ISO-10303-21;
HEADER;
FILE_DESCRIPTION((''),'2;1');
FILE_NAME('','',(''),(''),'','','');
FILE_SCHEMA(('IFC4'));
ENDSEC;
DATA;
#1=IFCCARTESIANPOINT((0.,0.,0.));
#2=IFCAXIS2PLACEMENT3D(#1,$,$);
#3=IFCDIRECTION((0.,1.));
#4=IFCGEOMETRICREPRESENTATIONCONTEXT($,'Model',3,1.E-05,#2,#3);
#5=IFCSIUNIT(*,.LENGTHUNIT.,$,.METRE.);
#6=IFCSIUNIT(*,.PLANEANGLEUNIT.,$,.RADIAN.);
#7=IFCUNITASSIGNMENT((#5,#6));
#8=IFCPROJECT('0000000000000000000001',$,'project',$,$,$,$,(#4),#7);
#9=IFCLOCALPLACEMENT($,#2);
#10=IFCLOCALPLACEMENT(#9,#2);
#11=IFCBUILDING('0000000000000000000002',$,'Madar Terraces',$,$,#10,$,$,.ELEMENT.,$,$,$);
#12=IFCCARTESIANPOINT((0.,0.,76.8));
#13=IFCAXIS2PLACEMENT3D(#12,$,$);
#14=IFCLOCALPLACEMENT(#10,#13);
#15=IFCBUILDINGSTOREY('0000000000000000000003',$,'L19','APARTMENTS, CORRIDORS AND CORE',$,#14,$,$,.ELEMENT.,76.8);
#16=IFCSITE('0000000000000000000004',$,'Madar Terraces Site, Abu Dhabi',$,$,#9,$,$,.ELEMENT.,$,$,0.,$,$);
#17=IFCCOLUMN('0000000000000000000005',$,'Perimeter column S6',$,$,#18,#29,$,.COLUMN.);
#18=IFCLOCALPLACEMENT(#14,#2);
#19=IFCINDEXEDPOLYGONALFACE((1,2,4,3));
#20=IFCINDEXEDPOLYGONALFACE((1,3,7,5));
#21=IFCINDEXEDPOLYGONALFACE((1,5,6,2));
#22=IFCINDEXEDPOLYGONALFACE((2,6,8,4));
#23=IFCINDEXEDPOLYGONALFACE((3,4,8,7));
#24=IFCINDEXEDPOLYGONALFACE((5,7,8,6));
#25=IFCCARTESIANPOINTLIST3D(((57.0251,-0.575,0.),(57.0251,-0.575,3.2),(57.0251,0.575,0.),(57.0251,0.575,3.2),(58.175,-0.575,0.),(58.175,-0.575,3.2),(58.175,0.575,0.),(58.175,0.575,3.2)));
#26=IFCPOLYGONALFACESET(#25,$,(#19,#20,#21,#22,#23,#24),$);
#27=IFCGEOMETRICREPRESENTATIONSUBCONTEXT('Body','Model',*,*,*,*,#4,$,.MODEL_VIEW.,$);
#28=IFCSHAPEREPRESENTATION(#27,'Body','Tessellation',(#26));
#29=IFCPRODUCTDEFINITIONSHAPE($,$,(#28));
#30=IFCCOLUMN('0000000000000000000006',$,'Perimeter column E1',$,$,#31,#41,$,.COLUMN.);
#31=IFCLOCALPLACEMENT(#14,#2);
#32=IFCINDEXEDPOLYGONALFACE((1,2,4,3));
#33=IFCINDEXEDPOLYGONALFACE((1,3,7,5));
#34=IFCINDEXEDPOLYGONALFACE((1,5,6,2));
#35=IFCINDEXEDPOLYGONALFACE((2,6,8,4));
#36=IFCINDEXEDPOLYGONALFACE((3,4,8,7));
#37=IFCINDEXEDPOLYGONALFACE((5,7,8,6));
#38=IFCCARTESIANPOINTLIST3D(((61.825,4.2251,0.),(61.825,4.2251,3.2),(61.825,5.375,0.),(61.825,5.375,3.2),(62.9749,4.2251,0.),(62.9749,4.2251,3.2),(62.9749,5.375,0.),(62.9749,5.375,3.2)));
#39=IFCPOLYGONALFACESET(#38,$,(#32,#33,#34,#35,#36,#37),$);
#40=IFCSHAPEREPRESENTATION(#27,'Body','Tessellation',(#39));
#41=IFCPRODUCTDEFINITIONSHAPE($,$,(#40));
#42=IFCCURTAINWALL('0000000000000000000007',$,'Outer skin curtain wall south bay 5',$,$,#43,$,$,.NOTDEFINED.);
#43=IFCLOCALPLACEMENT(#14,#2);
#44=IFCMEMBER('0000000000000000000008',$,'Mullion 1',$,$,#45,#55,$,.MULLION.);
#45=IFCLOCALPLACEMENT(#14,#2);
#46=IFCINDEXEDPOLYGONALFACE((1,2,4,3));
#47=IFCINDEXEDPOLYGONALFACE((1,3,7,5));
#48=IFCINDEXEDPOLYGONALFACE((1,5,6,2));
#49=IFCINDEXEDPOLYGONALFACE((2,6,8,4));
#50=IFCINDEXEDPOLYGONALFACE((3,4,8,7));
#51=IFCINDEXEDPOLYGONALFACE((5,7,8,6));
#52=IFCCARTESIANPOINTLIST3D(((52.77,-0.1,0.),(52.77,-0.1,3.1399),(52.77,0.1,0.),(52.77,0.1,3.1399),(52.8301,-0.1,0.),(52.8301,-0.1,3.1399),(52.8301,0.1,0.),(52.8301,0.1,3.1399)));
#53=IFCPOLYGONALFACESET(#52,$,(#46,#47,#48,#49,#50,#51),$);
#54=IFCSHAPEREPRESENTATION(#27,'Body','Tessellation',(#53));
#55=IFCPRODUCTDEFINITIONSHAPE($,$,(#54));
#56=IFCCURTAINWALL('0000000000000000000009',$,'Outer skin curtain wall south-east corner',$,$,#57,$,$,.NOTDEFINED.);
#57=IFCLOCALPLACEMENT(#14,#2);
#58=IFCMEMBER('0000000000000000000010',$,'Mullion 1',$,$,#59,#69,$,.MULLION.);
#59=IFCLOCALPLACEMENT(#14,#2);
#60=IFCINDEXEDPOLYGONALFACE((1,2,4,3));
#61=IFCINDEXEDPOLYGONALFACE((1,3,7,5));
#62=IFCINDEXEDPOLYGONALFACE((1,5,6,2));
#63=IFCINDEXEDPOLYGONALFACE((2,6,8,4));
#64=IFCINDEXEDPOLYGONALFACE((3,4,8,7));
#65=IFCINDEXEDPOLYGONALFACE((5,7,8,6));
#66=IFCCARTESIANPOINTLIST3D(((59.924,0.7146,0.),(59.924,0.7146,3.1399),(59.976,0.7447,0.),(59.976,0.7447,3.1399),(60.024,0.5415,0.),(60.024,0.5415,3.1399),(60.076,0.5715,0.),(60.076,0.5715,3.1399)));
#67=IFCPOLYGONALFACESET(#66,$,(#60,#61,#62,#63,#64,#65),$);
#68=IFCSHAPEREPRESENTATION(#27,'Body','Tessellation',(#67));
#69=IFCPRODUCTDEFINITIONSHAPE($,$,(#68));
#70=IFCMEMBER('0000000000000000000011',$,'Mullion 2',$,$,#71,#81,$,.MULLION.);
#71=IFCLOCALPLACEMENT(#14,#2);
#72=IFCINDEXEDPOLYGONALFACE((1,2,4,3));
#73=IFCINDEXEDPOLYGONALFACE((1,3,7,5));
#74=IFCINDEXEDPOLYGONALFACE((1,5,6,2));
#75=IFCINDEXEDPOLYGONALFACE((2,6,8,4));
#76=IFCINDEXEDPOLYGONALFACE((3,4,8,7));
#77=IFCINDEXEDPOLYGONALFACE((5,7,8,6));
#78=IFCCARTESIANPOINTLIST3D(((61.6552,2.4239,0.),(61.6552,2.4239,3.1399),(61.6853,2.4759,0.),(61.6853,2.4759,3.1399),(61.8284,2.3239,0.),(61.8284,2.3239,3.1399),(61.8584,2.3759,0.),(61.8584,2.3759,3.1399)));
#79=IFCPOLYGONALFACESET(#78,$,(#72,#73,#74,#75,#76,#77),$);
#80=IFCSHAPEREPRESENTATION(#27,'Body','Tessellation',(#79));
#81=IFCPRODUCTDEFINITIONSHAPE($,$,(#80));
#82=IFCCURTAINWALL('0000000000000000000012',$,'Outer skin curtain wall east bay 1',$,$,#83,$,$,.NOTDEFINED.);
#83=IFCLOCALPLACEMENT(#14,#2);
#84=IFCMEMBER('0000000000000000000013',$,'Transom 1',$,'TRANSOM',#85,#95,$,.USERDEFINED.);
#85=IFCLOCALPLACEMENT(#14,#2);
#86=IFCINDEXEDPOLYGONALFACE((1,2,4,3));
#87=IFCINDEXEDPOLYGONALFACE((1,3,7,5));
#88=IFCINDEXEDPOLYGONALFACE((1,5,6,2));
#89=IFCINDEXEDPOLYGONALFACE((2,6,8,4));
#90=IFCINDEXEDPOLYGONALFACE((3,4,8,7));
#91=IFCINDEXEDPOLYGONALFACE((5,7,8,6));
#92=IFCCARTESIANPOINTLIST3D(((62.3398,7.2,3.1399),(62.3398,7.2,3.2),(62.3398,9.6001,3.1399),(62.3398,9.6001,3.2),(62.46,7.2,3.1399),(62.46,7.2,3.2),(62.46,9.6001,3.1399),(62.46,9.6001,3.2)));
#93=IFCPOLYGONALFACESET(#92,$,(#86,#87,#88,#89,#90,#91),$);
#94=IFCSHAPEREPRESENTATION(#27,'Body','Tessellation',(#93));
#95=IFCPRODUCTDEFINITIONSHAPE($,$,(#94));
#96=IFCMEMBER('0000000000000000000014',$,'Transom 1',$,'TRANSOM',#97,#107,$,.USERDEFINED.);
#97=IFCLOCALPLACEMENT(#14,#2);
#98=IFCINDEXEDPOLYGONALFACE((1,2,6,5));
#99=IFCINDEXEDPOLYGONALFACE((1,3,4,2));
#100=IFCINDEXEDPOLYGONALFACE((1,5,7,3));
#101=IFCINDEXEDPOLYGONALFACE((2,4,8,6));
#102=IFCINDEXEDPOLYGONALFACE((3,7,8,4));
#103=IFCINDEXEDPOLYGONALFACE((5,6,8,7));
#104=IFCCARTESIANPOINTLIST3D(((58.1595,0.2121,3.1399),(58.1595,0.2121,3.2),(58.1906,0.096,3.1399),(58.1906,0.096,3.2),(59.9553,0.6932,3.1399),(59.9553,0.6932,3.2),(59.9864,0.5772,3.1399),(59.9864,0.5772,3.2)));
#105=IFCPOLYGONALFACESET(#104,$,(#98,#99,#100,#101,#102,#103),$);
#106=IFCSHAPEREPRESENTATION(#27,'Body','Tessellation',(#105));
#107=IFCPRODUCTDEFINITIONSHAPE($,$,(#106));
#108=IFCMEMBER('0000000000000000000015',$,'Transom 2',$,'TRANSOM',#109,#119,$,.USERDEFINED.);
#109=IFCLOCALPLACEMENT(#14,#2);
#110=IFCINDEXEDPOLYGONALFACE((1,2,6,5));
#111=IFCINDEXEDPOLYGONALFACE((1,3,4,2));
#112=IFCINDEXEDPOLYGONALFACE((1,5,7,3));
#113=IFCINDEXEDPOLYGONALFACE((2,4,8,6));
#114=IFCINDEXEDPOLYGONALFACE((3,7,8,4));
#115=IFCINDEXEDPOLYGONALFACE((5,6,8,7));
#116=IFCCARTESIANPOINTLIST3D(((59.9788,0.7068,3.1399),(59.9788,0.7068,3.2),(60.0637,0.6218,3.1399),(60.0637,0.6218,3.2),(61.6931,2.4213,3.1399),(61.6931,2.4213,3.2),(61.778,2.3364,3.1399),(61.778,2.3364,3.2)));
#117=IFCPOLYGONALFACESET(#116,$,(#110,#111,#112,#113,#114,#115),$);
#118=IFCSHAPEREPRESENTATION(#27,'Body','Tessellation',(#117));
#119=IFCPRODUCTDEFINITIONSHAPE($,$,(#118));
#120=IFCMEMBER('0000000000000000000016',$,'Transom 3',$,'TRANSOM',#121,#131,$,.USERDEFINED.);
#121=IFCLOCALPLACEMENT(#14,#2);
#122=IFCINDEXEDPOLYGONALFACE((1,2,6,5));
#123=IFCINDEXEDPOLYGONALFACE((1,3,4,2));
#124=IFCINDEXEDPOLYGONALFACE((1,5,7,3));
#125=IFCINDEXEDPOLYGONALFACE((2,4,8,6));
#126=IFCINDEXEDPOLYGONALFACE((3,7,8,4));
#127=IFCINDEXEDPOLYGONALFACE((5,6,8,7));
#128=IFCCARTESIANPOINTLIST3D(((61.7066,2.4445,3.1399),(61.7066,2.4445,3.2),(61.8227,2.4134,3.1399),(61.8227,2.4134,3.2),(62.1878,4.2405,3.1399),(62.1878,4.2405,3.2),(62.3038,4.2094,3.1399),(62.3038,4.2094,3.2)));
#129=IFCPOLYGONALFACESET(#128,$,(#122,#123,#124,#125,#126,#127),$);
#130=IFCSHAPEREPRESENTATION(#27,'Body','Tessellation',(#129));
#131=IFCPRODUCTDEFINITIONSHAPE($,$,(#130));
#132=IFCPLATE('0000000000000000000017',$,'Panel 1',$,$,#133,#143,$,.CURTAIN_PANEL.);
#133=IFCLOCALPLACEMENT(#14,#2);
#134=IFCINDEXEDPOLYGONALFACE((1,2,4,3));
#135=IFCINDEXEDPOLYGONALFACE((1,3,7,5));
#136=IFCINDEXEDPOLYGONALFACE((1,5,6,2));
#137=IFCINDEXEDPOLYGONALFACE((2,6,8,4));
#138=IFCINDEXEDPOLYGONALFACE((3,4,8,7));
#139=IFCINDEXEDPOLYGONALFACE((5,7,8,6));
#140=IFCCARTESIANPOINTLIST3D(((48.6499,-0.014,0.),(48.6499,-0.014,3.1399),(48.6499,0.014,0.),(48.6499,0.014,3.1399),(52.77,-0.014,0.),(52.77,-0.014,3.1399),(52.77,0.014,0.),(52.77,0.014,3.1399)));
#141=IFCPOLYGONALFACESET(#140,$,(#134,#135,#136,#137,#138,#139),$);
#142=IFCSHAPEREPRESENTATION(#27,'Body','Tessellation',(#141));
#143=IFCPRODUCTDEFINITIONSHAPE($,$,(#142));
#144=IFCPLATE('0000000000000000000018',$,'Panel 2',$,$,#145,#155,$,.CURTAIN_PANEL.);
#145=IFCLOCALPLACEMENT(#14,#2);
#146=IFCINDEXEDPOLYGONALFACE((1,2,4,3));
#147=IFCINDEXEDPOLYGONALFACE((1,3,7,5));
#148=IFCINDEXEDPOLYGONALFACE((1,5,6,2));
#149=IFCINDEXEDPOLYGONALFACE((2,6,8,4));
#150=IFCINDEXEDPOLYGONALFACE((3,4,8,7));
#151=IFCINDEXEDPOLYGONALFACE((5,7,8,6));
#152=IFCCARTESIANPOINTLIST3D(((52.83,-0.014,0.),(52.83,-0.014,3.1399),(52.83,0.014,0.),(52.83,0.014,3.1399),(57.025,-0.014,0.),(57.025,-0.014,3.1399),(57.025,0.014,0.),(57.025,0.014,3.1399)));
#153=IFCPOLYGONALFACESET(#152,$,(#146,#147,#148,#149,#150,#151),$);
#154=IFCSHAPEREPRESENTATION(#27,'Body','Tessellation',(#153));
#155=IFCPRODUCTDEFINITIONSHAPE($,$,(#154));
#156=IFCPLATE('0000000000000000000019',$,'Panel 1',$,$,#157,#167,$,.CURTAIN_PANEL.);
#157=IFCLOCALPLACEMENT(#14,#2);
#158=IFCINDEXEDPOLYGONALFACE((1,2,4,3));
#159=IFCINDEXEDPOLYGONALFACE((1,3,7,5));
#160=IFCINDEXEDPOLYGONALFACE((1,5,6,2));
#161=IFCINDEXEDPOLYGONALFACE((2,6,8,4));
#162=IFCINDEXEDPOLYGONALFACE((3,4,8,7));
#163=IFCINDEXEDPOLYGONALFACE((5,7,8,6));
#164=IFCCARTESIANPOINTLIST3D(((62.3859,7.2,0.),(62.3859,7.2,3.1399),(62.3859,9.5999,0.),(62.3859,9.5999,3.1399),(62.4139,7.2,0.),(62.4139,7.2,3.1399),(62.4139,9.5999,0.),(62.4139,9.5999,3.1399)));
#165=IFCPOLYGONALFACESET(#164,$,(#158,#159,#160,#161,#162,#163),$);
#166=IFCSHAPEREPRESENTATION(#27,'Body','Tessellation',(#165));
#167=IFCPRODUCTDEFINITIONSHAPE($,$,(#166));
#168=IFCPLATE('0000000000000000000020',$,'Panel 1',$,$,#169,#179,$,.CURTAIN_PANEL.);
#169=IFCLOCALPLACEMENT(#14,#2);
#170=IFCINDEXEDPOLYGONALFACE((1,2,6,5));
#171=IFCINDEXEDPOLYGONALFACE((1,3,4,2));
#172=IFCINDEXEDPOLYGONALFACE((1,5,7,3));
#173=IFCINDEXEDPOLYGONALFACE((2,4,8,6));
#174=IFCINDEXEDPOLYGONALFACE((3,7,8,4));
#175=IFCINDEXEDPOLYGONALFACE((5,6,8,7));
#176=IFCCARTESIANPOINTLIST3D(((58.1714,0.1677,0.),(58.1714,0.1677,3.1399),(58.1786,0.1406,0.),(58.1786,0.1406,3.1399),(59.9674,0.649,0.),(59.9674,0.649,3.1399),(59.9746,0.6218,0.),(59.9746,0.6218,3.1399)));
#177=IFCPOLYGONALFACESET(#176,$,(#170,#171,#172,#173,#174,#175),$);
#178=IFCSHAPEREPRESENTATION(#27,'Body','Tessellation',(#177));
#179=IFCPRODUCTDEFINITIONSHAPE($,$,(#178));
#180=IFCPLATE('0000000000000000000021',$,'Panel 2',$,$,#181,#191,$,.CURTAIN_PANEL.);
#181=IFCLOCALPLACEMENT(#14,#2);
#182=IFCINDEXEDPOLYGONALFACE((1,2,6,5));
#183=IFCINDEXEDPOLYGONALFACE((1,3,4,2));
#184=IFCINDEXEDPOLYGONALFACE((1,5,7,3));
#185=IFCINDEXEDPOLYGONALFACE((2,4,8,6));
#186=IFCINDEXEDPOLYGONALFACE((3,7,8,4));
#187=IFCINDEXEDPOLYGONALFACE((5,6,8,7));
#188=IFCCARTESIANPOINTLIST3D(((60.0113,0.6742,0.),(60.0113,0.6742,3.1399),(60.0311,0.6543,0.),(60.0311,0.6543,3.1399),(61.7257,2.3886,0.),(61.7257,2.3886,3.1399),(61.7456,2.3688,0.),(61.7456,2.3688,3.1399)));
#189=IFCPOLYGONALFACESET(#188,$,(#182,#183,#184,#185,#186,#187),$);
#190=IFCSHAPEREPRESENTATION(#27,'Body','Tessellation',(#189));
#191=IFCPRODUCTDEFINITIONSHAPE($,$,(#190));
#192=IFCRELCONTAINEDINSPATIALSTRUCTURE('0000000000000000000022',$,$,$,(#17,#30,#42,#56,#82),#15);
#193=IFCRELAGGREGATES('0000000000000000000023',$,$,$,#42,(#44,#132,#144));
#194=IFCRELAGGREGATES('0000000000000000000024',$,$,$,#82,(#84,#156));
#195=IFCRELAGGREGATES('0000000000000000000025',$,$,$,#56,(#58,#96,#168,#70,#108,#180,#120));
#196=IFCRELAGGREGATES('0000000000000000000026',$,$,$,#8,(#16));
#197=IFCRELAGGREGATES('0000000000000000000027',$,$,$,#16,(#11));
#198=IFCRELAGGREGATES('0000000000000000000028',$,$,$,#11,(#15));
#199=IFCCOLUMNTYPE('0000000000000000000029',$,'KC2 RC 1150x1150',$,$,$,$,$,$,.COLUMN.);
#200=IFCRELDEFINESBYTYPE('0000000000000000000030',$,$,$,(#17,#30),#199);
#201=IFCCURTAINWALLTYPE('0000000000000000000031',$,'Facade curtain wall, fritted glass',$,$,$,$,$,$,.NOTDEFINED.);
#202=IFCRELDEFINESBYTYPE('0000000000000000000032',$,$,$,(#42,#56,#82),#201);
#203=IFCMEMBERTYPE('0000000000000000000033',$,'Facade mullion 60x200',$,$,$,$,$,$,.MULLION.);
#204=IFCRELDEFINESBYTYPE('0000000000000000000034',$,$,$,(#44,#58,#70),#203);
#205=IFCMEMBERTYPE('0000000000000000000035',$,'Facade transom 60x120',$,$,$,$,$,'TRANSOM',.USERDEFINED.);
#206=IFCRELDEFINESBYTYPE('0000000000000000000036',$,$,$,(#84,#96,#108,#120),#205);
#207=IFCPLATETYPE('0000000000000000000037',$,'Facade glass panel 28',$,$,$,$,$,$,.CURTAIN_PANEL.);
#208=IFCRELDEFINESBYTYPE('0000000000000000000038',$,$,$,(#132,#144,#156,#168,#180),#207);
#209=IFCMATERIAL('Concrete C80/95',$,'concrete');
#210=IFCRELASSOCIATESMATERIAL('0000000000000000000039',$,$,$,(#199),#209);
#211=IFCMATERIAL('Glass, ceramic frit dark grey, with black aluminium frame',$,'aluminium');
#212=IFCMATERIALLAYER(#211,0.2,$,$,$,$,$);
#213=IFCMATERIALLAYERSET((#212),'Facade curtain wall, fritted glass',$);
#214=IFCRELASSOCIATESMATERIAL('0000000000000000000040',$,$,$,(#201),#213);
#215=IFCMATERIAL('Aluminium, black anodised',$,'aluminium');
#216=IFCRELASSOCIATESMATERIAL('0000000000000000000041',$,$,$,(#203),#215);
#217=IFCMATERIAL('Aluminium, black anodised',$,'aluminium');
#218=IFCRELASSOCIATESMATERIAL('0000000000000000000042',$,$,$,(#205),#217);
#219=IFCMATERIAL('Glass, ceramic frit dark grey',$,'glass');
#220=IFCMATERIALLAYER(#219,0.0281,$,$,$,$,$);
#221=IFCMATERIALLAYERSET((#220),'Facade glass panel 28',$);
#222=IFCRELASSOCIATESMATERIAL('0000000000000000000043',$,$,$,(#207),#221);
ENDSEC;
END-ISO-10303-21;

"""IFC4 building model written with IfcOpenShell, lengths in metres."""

from ifc_helpers import new_model, si_unit, direction, frame, origin, origin_2d, place, context, subcontext, project, spatial, rectangle, extrude, material, layer, layer_set, material_profile, profile_set, type_object, element, aggregate, save


model = new_model("IFC4")

# Units and contexts
model_context = context("Model", 3, precision=1e-05, world=origin(), true_north=direction((0.0, 1.0)))
body_context = subcontext(model_context, "Body", "Model", "MODEL_VIEW")
ifc_project = project(units=[si_unit("LENGTHUNIT", "METRE"), si_unit("PLANEANGLEUNIT", "RADIAN")], contexts=[model_context])

# Site, building, storey
site_placement = place(None, origin())
site = spatial("IfcSite", under=ifc_project, at=site_placement, Name="Madar Terraces Site, Abu Dhabi", CompositionType="ELEMENT", RefElevation=0.0)
building_placement = place(site_placement, origin())
building = spatial("IfcBuilding", under=site, at=building_placement, Name="Madar Terraces", CompositionType="ELEMENT")
storey_placement = place(building_placement, frame((0.0, 0.0, 76.8)))
storey = spatial("IfcBuildingStorey", under=building, at=storey_placement, Name="L19", Description="APARTMENTS, CORRIDORS AND CORE", CompositionType="ELEMENT", Elevation=76.8)

# Columns
ifc_material_1 = material(Name="Concrete C80/95", Category="concrete")
ifc_material_profile_1 = material_profile(ifc_material_1, rectangle(XDim=1.1499, YDim=1.1499, at=origin_2d()), Name="KC2 RC 1150x1150")
ifc_profile_set_1 = profile_set([ifc_material_profile_1], Name="Concrete C80/95")
column_type = type_object("IfcColumnType", Name="KC2 RC 1150x1150", PredefinedType="COLUMN", material=ifc_profile_set_1)
for number, where, z_axis, x_axis, name in (
    (1, (57.6001, 0.0, 0.0), (0.0, 0.0, 1.0), (1.0, 0.0, 0.0), "Perimeter column S6"),
    (2, (62.3999, 4.8, 0.0), (0.0, 0.0, 1.0), (1.0, 0.0, 0.0), "Perimeter column E1"),
):
    element("IfcColumn", number, at=place(storey_placement, frame(where, z_axis=z_axis, x_axis=x_axis)), inside=storey, type_object=column_type, Name=name, PredefinedType="COLUMN", context=body_context, shape_type="SweptSolid", body=[
        extrude(rectangle(XDim=1.1499, YDim=1.1499, at=origin_2d()), origin(), (0.0, 0.0, 1.0), 3.2),
    ])

# Curtain wall, member
ifc_material_2 = material(Name="Glass, ceramic frit dark grey, with black aluminium frame", Category="aluminium")
ifc_layer_1 = layer(ifc_material_2, 0.2)
ifc_layer_set_1 = layer_set([ifc_layer_1], Name="Facade curtain wall, fritted glass")
curtain_wall_type = type_object("IfcCurtainWallType", Name="Facade curtain wall, fritted glass", PredefinedType="NOTDEFINED", material=ifc_layer_set_1)
curtain_wall_1_placement = place(storey_placement, origin())
curtain_wall_1 = element("IfcCurtainWall", 3, at=curtain_wall_1_placement, inside=storey, type_object=curtain_wall_type, Name="Outer skin curtain wall south bay 5", PredefinedType="NOTDEFINED")
ifc_material_3 = material(Name="Aluminium, black anodised", Category="aluminium")
ifc_material_profile_2 = material_profile(ifc_material_3, rectangle(XDim=0.2, YDim=0.0601, at=origin_2d()), Name="Facade mullion 60x200")
ifc_profile_set_2 = profile_set([ifc_material_profile_2], Name="Aluminium, black anodised")
member_type_1 = type_object("IfcMemberType", Name="Facade mullion 60x200", PredefinedType="MULLION", material=ifc_profile_set_2)
member_1_placement = place(storey_placement, frame((52.8, 0.0, 0.0), z_axis=(0.0, 0.0, 1.0), x_axis=(0.0, 1.0, 0.0)))
member_1 = element("IfcMember", 4, at=member_1_placement, type_object=member_type_1, Name="Mullion 1", PredefinedType="MULLION", context=body_context, shape_type="SweptSolid", body=[
    extrude(rectangle(XDim=0.2, YDim=0.0601, at=origin_2d()), origin(), (0.0, 0.0, 1.0), 3.1399),
])

# Curtain wall, members
curtain_wall_2_placement = place(storey_placement, origin())
curtain_wall_2 = element("IfcCurtainWall", 5, at=curtain_wall_2_placement, inside=storey, type_object=curtain_wall_type, Name="Outer skin curtain wall south-east corner", PredefinedType="NOTDEFINED")
member_2_placement = place(storey_placement, frame((60.0, 0.6431, 0.0), z_axis=(0.0, 0.0, 1.0), x_axis=(-0.5, 0.866025, 0.0)))
member_2 = element("IfcMember", 6, at=member_2_placement, type_object=member_type_1, Name="Mullion 1", PredefinedType="MULLION", context=body_context, shape_type="SweptSolid", body=[
    extrude(rectangle(XDim=0.2, YDim=0.0601, at=origin_2d()), origin(), (0.0, 0.0, 1.0), 3.1399),
])
member_3_placement = place(storey_placement, frame((61.7568, 2.3999, 0.0), z_axis=(0.0, 0.0, 1.0), x_axis=(-0.866025, 0.5, 0.0)))
member_3 = element("IfcMember", 7, at=member_3_placement, type_object=member_type_1, Name="Mullion 2", PredefinedType="MULLION", context=body_context, shape_type="SweptSolid", body=[
    extrude(rectangle(XDim=0.2, YDim=0.0601, at=origin_2d()), origin(), (0.0, 0.0, 1.0), 3.1399),
])

# Curtain wall, member
curtain_wall_3_placement = place(storey_placement, origin())
curtain_wall_3 = element("IfcCurtainWall", 8, at=curtain_wall_3_placement, inside=storey, type_object=curtain_wall_type, Name="Outer skin curtain wall east bay 1", PredefinedType="NOTDEFINED")
ifc_material_4 = material(Name="Aluminium, black anodised", Category="aluminium")
ifc_material_profile_3 = material_profile(ifc_material_4, rectangle(XDim=0.1201, YDim=0.0601, at=origin_2d()), Name="Facade transom 60x120")
ifc_profile_set_3 = profile_set([ifc_material_profile_3], Name="Aluminium, black anodised")
member_type_2 = type_object("IfcMemberType", Name="Facade transom 60x120", ElementType="TRANSOM", PredefinedType="USERDEFINED", material=ifc_profile_set_3)
member_4_placement = place(storey_placement, frame((62.3999, 7.2, 3.1699), z_axis=(0.0, 1.0, 0.0), x_axis=(-1.0, 0.0, 0.0)))
member_4 = element("IfcMember", 9, at=member_4_placement, type_object=member_type_2, Name="Transom 1", ObjectType="TRANSOM", PredefinedType="USERDEFINED", context=body_context, shape_type="SweptSolid", body=[
    extrude(rectangle(XDim=0.1201, YDim=0.0601, at=origin_2d()), origin(), (0.0, 0.0, 1.0), 2.4001),
])

# Members
member_5_placement = place(storey_placement, frame((58.175, 0.1541, 3.1699), z_axis=(0.965927, 0.258815, 0.0), x_axis=(-0.258815, 0.965927, 0.0)))
member_5 = element("IfcMember", 10, at=member_5_placement, type_object=member_type_2, Name="Transom 1", ObjectType="TRANSOM", PredefinedType="USERDEFINED", context=body_context, shape_type="SweptSolid", body=[
    extrude(rectangle(XDim=0.1201, YDim=0.0601, at=origin_2d()), origin(), (0.0, 0.0, 1.0), 1.8591),
])
member_6_placement = place(storey_placement, frame((60.0212, 0.6643, 3.1699), z_axis=(0.707056, 0.707157, 0.0), x_axis=(-0.707157, 0.707056, 0.0)))
member_6 = element("IfcMember", 11, at=member_6_placement, type_object=member_type_2, Name="Transom 2", ObjectType="TRANSOM", PredefinedType="USERDEFINED", context=body_context, shape_type="SweptSolid", body=[
    extrude(rectangle(XDim=0.1201, YDim=0.0601, at=origin_2d()), origin(), (0.0, 0.0, 1.0), 2.4246),
])
member_7_placement = place(storey_placement, frame((61.7646, 2.429, 3.1699), z_axis=(0.258782, 0.965936, 0.0), x_axis=(-0.965936, 0.258782, 0.0)))
member_7 = element("IfcMember", 12, at=member_7_placement, type_object=member_type_2, Name="Transom 3", ObjectType="TRANSOM", PredefinedType="USERDEFINED", context=body_context, shape_type="SweptSolid", body=[
    extrude(rectangle(XDim=0.1201, YDim=0.0601, at=origin_2d()), origin(), (0.0, 0.0, 1.0), 1.8594),
])

# Plates
ifc_material_5 = material(Name="Glass, ceramic frit dark grey", Category="glass")
ifc_layer_2 = layer(ifc_material_5, 0.0281)
ifc_layer_set_2 = layer_set([ifc_layer_2], Name="Facade glass panel 28")
plate_type = type_object("IfcPlateType", Name="Facade glass panel 28", PredefinedType="CURTAIN_PANEL", material=ifc_layer_set_2)
plate_1_placement = place(storey_placement, frame((50.71, 0.0, 0.0), z_axis=(0.0, 0.0, 1.0), x_axis=(1.0, 0.0, 0.0)))
plate_1 = element("IfcPlate", 13, at=plate_1_placement, type_object=plate_type, Name="Panel 1", PredefinedType="CURTAIN_PANEL", context=body_context, shape_type="SweptSolid", body=[
    extrude(rectangle(XDim=4.1201, YDim=0.0281, at=origin_2d()), origin(), (0.0, 0.0, 1.0), 3.1399),
])
plate_2_placement = place(storey_placement, frame((54.9275, 0.0, 0.0), z_axis=(0.0, 0.0, 1.0), x_axis=(1.0, 0.0, 0.0)))
plate_2 = element("IfcPlate", 14, at=plate_2_placement, type_object=plate_type, Name="Panel 2", PredefinedType="CURTAIN_PANEL", context=body_context, shape_type="SweptSolid", body=[
    extrude(rectangle(XDim=4.1951, YDim=0.0281, at=origin_2d()), origin(), (0.0, 0.0, 1.0), 3.1399),
])
aggregate(curtain_wall_1, [member_1, plate_1, plate_2])
plate_3_placement = place(storey_placement, frame((62.3999, 8.3999, 0.0), z_axis=(0.0, 0.0, 1.0), x_axis=(0.0, 1.0, 0.0)))
plate_3 = element("IfcPlate", 15, at=plate_3_placement, type_object=plate_type, Name="Panel 1", PredefinedType="CURTAIN_PANEL", context=body_context, shape_type="SweptSolid", body=[
    extrude(rectangle(XDim=2.3999, YDim=0.0281, at=origin_2d()), origin(), (0.0, 0.0, 1.0), 3.1399),
])
aggregate(curtain_wall_3, [member_4, plate_3])
plate_4_placement = place(storey_placement, frame((59.073, 0.3948, 0.0), z_axis=(0.0, 0.0, 1.0), x_axis=(0.965926, 0.258819, 0.0)))
plate_4 = element("IfcPlate", 16, at=plate_4_placement, type_object=plate_type, Name="Panel 1", PredefinedType="CURTAIN_PANEL", context=body_context, shape_type="SweptSolid", body=[
    extrude(rectangle(XDim=1.8594, YDim=0.0281, at=origin_2d()), origin(), (0.0, 0.0, 1.0), 3.1399),
])
plate_5_placement = place(storey_placement, frame((60.8784, 1.5215, 0.0), z_axis=(0.0, 0.0, 1.0), x_axis=(0.707107, 0.707107, 0.0)))
plate_5 = element("IfcPlate", 17, at=plate_5_placement, type_object=plate_type, Name="Panel 2", PredefinedType="CURTAIN_PANEL", context=body_context, shape_type="SweptSolid", body=[
    extrude(rectangle(XDim=2.4246, YDim=0.0281, at=origin_2d()), origin(), (0.0, 0.0, 1.0), 3.1399),
])
aggregate(curtain_wall_2, [member_2, member_5, plate_4, member_3, member_6, plate_5, member_7])

save(model, "model.ifc")
